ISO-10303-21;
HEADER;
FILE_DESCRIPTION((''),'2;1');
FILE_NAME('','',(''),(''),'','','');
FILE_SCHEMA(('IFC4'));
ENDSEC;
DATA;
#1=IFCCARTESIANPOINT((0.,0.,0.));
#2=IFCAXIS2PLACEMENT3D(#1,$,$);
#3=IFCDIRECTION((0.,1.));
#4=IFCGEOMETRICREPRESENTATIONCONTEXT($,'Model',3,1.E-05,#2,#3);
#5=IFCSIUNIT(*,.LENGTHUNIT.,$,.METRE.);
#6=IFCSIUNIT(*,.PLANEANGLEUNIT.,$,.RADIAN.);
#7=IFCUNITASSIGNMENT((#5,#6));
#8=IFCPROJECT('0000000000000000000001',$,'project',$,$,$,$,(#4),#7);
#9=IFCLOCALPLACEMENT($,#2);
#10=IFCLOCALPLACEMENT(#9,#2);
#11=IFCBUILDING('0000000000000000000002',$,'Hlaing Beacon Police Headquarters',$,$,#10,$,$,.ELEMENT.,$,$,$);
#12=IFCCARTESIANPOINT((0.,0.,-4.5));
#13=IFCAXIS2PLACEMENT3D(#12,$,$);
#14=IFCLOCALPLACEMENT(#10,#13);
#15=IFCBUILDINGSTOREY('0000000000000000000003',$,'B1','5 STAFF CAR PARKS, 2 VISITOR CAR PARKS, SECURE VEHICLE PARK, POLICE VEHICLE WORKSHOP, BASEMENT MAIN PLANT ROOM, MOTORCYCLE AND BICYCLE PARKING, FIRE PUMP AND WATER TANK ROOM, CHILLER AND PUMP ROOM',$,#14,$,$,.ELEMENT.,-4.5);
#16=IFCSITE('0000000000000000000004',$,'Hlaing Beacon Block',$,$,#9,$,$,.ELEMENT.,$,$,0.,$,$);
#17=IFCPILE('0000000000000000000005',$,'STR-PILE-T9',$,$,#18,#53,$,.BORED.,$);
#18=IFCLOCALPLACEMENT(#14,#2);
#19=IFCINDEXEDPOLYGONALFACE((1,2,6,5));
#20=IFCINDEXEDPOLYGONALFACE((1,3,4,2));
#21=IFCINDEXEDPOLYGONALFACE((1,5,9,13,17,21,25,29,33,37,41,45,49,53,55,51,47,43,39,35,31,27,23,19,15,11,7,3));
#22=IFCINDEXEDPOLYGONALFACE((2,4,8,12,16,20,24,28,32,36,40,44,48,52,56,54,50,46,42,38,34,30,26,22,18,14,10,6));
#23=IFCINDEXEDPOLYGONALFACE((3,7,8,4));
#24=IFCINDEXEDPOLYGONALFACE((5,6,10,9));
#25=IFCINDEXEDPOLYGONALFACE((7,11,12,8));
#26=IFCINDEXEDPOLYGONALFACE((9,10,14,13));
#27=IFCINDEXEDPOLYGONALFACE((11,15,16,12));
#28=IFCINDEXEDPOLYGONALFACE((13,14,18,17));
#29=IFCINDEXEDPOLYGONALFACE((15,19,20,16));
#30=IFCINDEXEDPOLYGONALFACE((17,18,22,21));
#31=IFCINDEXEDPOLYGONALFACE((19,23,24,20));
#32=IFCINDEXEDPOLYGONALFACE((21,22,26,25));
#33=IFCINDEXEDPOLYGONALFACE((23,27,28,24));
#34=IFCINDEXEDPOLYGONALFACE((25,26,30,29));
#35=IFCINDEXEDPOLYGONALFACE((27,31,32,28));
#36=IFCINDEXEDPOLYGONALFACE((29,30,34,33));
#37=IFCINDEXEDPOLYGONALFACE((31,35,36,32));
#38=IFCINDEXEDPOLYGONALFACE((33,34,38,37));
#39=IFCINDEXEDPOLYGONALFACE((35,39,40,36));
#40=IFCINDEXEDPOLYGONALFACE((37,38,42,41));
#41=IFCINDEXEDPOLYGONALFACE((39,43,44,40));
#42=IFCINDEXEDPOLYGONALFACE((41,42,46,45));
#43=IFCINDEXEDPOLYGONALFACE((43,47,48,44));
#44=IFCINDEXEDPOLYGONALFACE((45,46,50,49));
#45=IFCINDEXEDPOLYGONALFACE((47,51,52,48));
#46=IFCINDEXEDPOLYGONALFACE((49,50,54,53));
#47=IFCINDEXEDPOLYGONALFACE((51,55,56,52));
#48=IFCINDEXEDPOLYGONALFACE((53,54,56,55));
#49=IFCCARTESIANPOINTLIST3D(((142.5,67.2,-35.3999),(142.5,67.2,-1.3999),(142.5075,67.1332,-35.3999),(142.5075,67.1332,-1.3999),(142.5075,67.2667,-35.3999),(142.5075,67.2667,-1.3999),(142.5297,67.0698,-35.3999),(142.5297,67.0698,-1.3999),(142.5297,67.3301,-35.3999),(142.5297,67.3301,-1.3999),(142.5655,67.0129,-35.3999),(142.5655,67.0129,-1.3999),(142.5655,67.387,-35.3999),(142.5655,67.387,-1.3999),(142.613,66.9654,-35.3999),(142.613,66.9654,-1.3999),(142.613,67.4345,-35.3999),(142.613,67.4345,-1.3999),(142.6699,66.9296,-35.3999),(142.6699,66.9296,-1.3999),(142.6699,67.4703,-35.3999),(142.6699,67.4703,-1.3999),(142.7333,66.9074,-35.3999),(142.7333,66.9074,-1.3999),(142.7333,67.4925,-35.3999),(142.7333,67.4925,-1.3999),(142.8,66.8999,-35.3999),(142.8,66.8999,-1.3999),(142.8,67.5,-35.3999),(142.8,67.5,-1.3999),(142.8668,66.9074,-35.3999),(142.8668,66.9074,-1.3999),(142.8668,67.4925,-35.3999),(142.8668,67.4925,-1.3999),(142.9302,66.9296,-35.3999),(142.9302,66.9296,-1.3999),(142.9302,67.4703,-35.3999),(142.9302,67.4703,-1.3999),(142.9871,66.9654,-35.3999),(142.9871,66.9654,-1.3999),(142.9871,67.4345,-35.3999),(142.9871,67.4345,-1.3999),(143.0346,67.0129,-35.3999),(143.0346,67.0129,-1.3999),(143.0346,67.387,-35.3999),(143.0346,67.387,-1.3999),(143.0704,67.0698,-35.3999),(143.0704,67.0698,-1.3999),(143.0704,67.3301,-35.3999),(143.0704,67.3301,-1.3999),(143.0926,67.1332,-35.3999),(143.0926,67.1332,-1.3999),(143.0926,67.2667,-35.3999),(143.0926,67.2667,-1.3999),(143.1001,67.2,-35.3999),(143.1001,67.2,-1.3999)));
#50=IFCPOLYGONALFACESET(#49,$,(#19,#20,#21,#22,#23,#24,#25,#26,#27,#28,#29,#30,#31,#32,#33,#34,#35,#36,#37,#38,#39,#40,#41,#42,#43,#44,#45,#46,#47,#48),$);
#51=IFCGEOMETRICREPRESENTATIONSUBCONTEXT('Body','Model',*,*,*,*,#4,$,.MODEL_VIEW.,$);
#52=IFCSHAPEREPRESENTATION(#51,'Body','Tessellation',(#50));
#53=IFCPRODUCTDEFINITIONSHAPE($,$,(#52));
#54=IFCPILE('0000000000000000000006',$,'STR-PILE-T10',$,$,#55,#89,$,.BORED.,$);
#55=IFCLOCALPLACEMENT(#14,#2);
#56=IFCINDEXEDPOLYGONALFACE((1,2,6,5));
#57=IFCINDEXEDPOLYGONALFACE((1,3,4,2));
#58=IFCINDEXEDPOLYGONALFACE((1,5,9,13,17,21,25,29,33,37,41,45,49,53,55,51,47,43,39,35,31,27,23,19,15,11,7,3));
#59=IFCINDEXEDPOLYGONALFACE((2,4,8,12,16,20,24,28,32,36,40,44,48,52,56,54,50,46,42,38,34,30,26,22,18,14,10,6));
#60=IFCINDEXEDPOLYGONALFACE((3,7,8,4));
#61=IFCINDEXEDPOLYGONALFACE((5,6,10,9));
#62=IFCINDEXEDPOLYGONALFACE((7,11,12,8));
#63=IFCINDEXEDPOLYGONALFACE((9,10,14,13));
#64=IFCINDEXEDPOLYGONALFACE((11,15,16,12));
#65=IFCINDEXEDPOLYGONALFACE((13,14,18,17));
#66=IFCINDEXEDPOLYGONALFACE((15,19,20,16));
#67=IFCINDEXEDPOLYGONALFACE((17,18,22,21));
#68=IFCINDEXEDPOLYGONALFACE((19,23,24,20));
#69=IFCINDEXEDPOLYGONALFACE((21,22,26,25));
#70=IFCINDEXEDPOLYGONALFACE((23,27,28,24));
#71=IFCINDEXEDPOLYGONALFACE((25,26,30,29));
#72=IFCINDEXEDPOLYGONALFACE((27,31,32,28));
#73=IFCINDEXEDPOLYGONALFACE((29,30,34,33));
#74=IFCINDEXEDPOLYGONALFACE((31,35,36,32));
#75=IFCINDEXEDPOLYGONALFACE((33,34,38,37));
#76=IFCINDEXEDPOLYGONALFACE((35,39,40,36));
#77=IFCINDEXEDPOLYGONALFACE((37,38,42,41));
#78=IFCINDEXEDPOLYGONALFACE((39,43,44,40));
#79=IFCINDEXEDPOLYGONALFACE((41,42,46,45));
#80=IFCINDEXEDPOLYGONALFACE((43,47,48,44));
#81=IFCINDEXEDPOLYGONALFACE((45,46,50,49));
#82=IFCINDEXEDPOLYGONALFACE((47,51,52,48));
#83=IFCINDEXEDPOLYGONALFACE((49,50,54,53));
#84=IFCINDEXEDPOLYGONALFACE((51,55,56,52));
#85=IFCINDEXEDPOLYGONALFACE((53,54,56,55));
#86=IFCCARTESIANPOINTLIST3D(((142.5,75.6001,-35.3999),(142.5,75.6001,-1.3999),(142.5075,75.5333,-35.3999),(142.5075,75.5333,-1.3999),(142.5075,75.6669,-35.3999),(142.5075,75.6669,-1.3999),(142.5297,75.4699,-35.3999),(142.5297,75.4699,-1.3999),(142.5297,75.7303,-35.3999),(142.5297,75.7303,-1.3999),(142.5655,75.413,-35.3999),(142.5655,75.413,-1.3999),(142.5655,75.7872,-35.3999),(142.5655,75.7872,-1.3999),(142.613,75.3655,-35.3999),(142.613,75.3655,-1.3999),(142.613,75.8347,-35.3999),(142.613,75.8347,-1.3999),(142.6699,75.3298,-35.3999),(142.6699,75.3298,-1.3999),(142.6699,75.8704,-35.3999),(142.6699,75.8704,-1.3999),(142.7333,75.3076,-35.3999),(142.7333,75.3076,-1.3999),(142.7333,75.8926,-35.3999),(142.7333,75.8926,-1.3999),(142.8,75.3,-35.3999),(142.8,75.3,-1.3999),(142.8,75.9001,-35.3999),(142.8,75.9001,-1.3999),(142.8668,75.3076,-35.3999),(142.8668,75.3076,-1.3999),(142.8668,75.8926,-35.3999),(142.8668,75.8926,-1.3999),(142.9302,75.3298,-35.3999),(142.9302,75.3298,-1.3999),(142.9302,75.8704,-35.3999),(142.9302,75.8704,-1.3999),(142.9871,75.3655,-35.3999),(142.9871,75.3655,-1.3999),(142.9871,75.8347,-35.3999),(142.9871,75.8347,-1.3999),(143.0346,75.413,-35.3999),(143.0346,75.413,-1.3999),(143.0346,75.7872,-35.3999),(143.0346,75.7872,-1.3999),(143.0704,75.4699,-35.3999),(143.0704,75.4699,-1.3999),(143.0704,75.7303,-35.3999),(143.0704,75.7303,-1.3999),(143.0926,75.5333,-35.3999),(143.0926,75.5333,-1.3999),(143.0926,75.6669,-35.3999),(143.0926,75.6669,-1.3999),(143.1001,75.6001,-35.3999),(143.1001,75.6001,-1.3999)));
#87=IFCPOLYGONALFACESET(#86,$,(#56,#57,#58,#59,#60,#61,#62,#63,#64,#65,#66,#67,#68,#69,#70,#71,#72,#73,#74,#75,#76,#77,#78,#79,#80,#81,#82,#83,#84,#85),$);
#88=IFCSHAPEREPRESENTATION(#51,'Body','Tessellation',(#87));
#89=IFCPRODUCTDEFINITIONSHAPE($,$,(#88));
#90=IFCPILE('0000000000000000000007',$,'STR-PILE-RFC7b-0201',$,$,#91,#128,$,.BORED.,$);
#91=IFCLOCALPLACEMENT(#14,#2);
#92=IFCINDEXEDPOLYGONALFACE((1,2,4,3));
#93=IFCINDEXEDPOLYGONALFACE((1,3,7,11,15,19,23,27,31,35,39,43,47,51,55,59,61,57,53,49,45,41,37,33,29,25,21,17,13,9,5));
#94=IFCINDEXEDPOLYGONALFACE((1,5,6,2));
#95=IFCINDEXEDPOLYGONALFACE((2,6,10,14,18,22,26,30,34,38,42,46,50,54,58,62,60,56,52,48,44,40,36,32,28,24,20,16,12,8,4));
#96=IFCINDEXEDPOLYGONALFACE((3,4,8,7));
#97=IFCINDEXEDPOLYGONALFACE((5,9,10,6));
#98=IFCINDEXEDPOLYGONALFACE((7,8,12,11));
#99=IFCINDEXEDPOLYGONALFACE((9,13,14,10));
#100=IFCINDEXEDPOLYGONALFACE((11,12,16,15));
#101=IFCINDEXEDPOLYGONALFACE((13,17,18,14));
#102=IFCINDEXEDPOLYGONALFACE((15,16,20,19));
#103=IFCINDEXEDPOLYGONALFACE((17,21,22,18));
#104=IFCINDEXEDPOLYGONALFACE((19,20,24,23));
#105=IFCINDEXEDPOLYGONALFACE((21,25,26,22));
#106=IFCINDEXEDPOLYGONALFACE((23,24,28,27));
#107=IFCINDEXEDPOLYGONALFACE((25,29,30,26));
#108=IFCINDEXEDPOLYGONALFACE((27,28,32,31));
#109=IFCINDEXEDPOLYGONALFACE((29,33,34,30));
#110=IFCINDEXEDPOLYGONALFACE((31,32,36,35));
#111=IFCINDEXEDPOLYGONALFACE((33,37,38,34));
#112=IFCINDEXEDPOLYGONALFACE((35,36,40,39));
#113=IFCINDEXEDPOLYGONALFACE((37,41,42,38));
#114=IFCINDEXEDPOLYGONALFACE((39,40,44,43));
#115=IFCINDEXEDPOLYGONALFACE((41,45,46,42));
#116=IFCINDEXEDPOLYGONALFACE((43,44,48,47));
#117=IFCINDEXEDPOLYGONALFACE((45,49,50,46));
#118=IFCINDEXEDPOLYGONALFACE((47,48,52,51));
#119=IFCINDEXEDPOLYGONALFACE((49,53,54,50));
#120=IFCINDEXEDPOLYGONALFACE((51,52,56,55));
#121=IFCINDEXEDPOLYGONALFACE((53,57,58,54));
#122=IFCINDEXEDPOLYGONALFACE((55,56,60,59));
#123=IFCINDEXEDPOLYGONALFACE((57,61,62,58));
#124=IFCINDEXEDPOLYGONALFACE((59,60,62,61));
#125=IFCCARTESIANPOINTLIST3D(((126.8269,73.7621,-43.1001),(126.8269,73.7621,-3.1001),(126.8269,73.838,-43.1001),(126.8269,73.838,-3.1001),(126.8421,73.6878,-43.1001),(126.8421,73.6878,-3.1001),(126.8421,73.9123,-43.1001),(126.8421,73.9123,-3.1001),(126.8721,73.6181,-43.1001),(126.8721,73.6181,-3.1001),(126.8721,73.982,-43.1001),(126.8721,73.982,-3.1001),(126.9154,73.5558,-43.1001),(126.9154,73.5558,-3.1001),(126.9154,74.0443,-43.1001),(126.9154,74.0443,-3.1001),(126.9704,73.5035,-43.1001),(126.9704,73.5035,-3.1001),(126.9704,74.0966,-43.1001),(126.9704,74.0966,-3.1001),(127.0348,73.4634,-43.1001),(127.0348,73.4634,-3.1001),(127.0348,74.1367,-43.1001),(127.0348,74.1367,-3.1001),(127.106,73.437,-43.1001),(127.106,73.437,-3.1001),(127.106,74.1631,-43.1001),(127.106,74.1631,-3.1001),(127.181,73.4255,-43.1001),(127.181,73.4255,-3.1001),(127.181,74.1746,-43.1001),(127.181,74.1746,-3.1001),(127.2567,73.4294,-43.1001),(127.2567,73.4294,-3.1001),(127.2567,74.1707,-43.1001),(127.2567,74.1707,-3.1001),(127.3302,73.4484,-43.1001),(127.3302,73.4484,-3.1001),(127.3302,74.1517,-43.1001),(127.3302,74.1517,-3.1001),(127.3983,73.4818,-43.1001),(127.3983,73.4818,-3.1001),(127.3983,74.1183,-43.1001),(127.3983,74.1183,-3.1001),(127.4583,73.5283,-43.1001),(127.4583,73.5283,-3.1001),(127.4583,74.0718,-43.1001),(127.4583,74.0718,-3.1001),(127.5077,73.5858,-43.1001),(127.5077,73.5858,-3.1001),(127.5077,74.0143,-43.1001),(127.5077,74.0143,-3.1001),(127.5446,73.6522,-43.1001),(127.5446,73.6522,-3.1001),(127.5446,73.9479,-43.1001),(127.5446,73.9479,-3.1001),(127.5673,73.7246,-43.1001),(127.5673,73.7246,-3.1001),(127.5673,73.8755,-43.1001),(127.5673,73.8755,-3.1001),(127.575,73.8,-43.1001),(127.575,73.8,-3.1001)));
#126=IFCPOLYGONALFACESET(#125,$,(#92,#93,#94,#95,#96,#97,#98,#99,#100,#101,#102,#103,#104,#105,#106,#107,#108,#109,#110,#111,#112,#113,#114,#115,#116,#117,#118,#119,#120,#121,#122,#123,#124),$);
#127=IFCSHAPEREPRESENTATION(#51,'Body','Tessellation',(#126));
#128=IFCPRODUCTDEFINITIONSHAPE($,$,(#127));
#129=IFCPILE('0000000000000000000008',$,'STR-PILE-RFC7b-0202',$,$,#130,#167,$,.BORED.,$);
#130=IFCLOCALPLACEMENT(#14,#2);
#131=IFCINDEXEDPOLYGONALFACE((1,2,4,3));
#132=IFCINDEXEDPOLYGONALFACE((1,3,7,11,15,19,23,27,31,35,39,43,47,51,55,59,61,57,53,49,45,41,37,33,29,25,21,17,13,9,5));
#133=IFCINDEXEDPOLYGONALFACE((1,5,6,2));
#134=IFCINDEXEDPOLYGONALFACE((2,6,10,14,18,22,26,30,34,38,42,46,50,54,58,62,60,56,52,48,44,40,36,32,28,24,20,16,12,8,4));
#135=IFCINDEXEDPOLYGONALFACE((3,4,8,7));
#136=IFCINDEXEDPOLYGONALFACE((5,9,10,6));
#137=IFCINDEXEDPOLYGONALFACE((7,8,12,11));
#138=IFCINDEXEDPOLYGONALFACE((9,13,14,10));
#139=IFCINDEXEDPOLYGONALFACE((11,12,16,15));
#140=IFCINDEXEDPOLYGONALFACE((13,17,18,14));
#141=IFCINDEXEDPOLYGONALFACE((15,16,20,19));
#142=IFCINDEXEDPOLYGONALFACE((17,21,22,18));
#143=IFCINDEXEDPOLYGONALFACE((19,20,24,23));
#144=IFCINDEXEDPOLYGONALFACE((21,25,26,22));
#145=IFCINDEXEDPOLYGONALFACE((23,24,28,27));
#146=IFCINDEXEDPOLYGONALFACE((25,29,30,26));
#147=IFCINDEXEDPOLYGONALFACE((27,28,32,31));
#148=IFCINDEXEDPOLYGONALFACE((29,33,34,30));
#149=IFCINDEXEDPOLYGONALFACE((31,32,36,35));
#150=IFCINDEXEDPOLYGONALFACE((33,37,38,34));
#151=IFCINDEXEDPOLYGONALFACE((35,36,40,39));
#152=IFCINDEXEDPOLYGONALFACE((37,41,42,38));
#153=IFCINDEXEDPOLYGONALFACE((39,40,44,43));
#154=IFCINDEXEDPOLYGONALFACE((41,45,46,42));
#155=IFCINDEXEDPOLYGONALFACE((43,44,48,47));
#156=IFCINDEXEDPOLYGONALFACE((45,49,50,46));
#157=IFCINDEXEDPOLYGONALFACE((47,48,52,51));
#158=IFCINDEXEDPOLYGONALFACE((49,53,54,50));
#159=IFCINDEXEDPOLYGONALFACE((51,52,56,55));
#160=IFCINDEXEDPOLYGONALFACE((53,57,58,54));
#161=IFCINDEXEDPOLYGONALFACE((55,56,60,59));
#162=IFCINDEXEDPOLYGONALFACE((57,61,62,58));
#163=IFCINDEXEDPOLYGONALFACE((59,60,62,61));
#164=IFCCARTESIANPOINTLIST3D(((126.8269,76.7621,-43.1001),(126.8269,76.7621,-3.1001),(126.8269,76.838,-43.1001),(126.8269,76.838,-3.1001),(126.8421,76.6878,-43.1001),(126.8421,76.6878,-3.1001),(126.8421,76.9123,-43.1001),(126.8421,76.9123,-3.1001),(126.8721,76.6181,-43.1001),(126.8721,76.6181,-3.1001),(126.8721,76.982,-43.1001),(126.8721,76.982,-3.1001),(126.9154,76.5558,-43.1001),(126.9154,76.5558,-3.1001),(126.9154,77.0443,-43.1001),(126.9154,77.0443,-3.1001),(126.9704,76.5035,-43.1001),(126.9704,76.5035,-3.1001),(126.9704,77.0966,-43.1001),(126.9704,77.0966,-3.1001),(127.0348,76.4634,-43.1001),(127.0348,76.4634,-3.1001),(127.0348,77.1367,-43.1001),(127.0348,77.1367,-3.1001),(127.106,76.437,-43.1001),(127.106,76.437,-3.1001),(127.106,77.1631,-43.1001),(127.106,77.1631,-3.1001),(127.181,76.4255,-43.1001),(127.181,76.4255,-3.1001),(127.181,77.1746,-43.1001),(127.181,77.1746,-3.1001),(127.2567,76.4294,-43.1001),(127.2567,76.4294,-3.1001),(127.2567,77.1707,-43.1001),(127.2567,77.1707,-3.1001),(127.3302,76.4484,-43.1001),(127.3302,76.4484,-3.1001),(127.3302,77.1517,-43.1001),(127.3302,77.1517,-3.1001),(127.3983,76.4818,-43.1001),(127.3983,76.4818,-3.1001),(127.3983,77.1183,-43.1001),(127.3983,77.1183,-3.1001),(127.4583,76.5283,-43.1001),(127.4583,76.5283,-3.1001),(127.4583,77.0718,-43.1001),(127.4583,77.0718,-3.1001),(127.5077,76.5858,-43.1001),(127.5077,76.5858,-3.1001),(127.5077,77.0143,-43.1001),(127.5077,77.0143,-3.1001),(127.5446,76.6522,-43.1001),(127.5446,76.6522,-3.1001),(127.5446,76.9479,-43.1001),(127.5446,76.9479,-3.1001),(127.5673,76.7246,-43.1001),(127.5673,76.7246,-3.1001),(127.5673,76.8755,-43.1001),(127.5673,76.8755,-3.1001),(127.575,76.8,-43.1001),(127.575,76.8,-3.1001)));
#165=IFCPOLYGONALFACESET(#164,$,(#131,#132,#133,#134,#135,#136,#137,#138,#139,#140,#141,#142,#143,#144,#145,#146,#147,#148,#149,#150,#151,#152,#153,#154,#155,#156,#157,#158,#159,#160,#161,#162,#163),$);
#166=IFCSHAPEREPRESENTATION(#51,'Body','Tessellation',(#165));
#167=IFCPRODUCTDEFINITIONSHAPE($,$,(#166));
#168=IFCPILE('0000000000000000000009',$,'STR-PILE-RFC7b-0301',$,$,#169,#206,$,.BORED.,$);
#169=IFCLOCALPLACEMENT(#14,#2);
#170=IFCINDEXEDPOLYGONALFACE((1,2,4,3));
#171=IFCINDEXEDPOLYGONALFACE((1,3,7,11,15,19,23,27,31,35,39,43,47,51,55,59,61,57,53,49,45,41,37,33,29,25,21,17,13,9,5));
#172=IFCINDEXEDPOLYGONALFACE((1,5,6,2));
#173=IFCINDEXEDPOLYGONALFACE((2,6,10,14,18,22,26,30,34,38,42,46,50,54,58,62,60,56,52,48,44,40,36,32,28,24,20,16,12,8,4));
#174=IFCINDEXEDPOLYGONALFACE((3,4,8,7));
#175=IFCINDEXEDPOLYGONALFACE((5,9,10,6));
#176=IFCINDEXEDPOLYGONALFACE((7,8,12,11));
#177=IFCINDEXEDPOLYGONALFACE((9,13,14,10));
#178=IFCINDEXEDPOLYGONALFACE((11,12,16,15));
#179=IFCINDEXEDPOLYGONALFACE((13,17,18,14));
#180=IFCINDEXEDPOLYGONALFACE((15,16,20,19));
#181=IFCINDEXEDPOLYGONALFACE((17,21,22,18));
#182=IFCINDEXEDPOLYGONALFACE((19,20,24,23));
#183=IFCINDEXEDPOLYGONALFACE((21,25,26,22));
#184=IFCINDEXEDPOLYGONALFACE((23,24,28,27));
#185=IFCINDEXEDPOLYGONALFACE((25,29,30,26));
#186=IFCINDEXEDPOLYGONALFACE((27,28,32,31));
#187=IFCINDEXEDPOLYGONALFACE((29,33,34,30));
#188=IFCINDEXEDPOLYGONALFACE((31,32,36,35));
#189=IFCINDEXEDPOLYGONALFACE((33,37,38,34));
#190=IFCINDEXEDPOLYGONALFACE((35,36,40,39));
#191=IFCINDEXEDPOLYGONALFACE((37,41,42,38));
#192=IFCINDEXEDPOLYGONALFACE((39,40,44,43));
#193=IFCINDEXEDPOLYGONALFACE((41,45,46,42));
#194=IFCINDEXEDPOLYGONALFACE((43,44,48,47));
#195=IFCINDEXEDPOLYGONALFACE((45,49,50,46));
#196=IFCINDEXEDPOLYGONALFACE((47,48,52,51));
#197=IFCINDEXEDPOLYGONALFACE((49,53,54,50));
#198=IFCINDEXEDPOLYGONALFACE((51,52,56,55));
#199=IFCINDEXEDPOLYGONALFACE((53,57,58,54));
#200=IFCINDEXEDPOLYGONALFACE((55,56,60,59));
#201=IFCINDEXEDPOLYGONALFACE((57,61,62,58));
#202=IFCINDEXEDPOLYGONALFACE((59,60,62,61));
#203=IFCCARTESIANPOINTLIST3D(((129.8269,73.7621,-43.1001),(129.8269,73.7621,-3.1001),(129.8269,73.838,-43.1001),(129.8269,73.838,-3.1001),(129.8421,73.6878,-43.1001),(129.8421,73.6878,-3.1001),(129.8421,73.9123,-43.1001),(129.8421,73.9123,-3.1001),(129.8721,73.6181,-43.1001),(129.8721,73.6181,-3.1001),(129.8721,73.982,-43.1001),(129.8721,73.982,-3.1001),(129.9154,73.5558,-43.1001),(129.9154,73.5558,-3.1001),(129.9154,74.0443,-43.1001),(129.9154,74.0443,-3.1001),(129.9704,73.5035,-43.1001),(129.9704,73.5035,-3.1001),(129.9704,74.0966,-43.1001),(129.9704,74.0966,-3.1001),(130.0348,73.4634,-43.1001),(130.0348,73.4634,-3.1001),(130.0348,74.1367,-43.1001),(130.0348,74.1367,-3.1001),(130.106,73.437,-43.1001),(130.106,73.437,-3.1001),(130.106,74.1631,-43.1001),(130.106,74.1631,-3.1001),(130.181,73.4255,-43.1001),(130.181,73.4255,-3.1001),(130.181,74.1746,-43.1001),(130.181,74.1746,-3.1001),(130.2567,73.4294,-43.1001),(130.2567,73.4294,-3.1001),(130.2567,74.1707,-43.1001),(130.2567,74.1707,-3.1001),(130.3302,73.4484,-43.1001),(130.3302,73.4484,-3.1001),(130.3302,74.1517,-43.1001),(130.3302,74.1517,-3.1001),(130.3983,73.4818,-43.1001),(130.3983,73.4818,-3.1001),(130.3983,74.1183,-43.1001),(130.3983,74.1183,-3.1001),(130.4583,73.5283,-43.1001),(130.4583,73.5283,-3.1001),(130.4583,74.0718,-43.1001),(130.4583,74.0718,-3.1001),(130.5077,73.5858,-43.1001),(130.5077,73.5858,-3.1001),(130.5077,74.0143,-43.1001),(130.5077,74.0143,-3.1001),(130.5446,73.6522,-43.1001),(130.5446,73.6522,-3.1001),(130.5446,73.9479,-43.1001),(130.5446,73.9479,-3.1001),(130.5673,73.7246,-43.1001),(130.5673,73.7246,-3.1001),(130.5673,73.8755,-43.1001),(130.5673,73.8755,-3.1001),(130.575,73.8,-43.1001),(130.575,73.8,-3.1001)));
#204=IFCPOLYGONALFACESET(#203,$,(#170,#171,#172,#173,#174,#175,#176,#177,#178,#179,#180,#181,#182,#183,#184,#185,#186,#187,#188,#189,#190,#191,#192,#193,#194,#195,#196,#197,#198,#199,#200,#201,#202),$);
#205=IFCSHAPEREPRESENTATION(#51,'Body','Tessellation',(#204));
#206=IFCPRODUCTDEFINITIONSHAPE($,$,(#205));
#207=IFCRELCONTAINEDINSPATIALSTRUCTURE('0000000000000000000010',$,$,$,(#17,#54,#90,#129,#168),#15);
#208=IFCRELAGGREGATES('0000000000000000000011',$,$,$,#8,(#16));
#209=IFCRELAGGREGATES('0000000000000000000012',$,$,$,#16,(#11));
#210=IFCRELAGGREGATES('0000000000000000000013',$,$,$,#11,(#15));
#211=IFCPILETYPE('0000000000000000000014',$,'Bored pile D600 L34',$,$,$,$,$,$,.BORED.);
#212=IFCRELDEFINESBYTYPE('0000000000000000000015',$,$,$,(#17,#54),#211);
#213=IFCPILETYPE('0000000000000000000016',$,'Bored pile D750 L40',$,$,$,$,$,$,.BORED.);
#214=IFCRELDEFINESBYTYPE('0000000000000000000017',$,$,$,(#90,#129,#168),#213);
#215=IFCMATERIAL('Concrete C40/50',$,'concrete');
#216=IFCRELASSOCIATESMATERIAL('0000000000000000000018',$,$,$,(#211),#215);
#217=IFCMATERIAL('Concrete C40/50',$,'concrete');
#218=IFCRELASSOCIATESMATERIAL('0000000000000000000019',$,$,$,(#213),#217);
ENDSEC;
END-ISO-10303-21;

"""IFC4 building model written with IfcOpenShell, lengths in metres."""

from ifc_helpers import new_model, si_unit, direction, frame, origin, origin_2d, place, context, subcontext, project, spatial, circle, extrude, material, material_profile, profile_set, type_object, element, save


model = new_model("IFC4")

# Units and contexts
model_context = context("Model", 3, precision=1e-05, world=origin(), true_north=direction((0.0, 1.0)))
body_context = subcontext(model_context, "Body", "Model", "MODEL_VIEW")
ifc_project = project(units=[si_unit("LENGTHUNIT", "METRE"), si_unit("PLANEANGLEUNIT", "RADIAN")], contexts=[model_context])

# Site, building, storey
site_placement = place(None, origin())
site = spatial("IfcSite", under=ifc_project, at=site_placement, Name="Hlaing Beacon Block", CompositionType="ELEMENT", RefElevation=0.0)
building_placement = place(site_placement, origin())
building = spatial("IfcBuilding", under=site, at=building_placement, Name="Hlaing Beacon Police Headquarters", CompositionType="ELEMENT")
storey_placement = place(building_placement, frame((0.0, 0.0, -4.5)))
storey = spatial("IfcBuildingStorey", under=building, at=storey_placement, Name="B1", Description="5 STAFF CAR PARKS, 2 VISITOR CAR PARKS, SECURE VEHICLE PARK, POLICE VEHICLE WORKSHOP, BASEMENT MAIN PLANT ROOM, MOTORCYCLE AND BICYCLE PARKING, FIRE PUMP AND WATER TANK ROOM, CHILLER AND PUMP ROOM", CompositionType="ELEMENT", Elevation=-4.5)

# Piles
ifc_material_1 = material(Name="Concrete C40/50", Category="concrete")
ifc_material_profile_1 = material_profile(ifc_material_1, circle(Radius=0.3, at=origin_2d()), Name="D600")
ifc_profile_set_1 = profile_set([ifc_material_profile_1], Name="Concrete C40/50")
pile_type_1 = type_object("IfcPileType", Name="Bored pile D600 L34", PredefinedType="BORED", material=ifc_profile_set_1)
for number, where, z_axis, x_axis, name in (
    (1, (142.8, 67.2, -1.3999), (0.0, 0.0, -1.0), (1.0, 0.0, 0.0), "STR-PILE-T9"),
    (2, (142.8, 75.6001, -1.3999), (0.0, 0.0, -1.0), (1.0, 0.0, 0.0), "STR-PILE-T10"),
):
    element("IfcPile", number, at=place(storey_placement, frame(where, z_axis=z_axis, x_axis=x_axis)), inside=storey, type_object=pile_type_1, Name=name, PredefinedType="BORED", context=body_context, shape_type="SweptSolid", body=[
        extrude(circle(Radius=0.3, at=origin_2d()), origin(), (0.0, 0.0, 1.0), 34.0),
    ])
ifc_material_2 = material(Name="Concrete C40/50", Category="concrete")
ifc_material_profile_2 = material_profile(ifc_material_2, circle(Radius=0.375, at=origin_2d()), Name="D750")
ifc_profile_set_2 = profile_set([ifc_material_profile_2], Name="Concrete C40/50")
pile_type_2 = type_object("IfcPileType", Name="Bored pile D750 L40", PredefinedType="BORED", material=ifc_profile_set_2)
for number, where, z_axis, x_axis, name in (
    (3, (127.2, 73.8, -3.1001), (0.0, 0.0, -1.0), (1.0, 0.0, 0.0), "STR-PILE-RFC7b-0201"),
    (4, (127.2, 76.8, -3.1001), (0.0, 0.0, -1.0), (1.0, 0.0, 0.0), "STR-PILE-RFC7b-0202"),
    (5, (130.2, 73.8, -3.1001), (0.0, 0.0, -1.0), (1.0, 0.0, 0.0), "STR-PILE-RFC7b-0301"),
):
    element("IfcPile", number, at=place(storey_placement, frame(where, z_axis=z_axis, x_axis=x_axis)), inside=storey, type_object=pile_type_2, Name=name, PredefinedType="BORED", context=body_context, shape_type="SweptSolid", body=[
        extrude(circle(Radius=0.375, at=origin_2d()), origin(), (0.0, 0.0, 1.0), 40.0),
    ])

save(model, "model.ifc")
